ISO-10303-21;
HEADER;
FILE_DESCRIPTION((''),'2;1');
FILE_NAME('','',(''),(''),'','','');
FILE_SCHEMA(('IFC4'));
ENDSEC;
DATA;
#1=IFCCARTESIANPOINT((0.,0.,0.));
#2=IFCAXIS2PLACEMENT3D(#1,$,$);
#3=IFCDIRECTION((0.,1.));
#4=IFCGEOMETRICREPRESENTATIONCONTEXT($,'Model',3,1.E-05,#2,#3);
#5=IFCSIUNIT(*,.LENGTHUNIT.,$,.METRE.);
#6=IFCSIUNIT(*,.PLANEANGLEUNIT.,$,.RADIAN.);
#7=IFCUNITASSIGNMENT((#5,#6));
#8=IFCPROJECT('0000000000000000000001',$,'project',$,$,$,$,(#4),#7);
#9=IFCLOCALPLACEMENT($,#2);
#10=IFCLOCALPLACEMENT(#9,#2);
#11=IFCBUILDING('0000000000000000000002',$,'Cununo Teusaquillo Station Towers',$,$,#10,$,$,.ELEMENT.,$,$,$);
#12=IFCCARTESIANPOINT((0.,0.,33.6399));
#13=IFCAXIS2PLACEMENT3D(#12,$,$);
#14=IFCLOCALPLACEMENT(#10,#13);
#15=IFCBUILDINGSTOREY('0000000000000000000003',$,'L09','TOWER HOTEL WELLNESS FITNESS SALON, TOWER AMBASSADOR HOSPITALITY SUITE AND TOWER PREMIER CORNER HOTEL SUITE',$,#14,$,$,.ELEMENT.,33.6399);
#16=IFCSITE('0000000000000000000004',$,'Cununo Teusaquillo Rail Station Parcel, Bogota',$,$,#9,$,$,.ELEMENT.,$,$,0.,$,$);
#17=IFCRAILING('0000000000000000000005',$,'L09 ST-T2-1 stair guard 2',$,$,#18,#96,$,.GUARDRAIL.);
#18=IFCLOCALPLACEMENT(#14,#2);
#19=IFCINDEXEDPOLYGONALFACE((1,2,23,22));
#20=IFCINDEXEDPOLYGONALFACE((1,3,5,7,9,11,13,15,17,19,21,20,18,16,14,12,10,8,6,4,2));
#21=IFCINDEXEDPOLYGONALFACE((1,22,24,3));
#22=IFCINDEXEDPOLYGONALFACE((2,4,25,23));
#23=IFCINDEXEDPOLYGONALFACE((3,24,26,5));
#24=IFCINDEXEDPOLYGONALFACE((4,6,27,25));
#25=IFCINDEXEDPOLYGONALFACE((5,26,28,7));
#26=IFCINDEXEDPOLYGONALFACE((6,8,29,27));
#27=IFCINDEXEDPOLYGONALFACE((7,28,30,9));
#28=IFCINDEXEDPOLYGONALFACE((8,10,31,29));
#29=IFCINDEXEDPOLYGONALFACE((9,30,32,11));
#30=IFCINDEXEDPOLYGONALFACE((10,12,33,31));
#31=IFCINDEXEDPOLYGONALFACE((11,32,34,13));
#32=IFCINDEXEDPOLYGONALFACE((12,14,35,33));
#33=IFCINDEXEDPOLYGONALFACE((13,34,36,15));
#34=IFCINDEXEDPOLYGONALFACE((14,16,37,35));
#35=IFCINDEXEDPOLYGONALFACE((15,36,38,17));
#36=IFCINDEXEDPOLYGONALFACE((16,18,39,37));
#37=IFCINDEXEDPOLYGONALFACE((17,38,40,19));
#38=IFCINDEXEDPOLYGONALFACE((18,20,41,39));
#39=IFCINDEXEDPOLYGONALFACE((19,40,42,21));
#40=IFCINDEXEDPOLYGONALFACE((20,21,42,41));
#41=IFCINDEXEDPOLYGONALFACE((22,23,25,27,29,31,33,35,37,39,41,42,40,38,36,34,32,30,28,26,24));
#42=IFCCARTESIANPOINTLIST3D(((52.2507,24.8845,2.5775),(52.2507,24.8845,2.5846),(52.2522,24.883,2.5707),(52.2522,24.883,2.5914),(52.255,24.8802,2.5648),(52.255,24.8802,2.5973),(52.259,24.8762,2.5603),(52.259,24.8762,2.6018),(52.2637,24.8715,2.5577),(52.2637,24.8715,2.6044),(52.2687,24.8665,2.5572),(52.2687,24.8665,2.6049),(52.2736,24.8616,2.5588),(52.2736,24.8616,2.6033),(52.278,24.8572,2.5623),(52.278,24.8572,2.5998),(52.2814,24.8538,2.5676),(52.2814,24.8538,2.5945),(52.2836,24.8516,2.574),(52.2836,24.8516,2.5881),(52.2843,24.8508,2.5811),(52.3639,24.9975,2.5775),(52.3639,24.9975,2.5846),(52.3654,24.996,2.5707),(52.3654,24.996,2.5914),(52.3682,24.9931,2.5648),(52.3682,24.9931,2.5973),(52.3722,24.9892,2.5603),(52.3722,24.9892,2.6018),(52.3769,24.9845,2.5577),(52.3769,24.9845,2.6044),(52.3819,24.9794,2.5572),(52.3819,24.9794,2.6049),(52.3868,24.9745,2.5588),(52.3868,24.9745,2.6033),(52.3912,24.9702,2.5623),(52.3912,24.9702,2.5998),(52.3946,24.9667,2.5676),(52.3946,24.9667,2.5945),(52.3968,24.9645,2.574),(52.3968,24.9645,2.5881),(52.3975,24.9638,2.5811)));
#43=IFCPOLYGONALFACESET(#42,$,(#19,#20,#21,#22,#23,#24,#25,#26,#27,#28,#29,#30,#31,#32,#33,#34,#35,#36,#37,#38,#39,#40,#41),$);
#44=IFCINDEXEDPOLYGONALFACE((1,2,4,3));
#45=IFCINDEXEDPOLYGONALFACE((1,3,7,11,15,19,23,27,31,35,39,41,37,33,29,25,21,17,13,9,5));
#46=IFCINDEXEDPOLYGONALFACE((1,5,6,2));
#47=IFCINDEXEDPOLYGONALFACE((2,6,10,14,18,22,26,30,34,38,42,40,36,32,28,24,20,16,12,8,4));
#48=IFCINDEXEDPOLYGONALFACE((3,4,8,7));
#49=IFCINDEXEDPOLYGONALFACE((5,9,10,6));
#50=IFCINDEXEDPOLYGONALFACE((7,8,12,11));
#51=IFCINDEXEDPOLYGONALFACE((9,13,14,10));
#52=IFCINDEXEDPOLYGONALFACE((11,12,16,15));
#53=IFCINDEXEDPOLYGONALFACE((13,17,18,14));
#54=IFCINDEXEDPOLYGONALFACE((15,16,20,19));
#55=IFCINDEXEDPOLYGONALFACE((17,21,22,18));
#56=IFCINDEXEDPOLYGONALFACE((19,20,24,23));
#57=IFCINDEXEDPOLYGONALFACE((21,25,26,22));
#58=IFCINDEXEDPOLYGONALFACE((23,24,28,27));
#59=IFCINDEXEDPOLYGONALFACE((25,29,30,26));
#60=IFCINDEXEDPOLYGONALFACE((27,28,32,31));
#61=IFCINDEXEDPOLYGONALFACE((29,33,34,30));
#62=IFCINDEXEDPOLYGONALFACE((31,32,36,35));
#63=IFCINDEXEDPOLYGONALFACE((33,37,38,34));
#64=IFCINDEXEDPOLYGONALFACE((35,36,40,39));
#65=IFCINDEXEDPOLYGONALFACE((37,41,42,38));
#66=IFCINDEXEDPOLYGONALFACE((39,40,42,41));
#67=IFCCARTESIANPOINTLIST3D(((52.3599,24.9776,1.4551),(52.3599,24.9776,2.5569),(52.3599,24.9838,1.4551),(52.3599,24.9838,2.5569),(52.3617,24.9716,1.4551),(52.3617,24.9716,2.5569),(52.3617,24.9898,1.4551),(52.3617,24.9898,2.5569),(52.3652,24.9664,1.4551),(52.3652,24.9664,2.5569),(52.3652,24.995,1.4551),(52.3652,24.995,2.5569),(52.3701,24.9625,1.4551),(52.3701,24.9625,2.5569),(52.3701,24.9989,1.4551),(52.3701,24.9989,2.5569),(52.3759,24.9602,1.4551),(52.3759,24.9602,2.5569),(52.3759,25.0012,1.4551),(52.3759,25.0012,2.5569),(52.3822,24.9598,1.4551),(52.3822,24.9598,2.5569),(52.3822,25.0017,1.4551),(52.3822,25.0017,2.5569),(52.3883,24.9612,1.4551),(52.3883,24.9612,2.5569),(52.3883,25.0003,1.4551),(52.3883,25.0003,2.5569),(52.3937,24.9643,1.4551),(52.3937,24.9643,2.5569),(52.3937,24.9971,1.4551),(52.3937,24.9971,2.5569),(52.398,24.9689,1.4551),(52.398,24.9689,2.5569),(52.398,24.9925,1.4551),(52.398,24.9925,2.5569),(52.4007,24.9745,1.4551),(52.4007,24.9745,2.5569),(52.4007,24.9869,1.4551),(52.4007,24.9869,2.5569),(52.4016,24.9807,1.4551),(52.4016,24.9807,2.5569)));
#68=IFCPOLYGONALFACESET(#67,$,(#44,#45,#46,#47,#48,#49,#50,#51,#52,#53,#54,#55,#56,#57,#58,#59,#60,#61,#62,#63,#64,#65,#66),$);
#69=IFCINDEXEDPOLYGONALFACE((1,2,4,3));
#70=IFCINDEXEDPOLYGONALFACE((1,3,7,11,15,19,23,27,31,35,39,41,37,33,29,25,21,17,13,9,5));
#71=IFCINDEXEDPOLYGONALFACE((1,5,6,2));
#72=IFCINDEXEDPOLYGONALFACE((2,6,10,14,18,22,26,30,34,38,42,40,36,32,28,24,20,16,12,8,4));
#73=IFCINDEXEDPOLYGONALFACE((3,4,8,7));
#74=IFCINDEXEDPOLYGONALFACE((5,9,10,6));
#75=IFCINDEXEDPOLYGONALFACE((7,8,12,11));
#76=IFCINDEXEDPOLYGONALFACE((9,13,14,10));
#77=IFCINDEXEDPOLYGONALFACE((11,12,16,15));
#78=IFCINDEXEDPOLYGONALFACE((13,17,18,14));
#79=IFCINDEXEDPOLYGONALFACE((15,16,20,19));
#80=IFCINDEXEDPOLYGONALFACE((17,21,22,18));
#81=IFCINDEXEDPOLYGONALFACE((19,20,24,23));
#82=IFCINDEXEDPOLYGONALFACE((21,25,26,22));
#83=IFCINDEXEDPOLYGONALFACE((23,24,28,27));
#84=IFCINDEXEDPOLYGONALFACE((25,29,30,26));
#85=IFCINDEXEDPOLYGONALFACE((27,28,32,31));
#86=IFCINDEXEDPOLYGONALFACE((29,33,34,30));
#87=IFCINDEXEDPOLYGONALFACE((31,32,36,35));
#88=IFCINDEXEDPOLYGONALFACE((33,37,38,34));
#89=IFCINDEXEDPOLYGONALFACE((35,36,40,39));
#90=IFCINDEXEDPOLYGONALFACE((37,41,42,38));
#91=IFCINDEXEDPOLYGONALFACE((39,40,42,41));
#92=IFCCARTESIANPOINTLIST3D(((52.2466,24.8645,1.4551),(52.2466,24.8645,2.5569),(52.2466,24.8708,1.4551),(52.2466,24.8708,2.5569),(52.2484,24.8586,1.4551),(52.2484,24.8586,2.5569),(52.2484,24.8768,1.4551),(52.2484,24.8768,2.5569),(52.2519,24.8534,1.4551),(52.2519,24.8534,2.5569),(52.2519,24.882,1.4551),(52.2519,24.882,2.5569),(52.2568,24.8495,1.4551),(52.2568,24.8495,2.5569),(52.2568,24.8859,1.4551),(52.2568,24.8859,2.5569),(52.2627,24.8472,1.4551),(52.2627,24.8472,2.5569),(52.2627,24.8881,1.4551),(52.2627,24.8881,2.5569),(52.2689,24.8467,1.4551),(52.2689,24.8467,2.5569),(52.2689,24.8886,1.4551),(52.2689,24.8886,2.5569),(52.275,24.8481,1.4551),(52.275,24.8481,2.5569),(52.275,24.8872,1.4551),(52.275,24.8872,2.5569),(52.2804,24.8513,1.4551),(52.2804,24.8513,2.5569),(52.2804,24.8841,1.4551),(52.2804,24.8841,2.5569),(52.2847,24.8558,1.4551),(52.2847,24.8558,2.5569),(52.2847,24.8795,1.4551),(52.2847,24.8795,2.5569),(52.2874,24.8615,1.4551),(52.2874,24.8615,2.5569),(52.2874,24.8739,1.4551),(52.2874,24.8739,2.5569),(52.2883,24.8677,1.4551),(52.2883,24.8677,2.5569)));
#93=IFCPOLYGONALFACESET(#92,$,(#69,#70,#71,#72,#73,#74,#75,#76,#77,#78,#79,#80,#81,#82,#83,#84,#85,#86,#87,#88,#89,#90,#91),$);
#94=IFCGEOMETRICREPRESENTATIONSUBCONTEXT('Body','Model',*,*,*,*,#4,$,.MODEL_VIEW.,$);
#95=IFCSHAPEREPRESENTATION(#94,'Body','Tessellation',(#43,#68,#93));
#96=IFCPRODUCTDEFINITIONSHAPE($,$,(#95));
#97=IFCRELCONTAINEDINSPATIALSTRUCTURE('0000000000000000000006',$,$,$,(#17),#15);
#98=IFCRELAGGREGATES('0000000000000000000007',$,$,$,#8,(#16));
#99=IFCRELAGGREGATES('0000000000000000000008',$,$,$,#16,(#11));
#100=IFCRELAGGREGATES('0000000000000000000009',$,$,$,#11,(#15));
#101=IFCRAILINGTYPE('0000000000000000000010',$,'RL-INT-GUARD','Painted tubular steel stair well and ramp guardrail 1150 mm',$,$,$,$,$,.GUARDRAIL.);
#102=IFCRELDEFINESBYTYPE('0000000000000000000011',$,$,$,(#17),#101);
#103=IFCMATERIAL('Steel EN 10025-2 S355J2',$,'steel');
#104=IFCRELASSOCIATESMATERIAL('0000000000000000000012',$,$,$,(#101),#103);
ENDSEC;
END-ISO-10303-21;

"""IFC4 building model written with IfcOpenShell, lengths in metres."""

from ifc_helpers import new_model, si_unit, direction, frame, origin, origin_2d, place, context, subcontext, project, spatial, circle, extrude, material, type_object, element, save


model = new_model("IFC4")

# Units and contexts
model_context = context("Model", 3, precision=1e-05, world=origin(), true_north=direction((0.0, 1.0)))
body_context = subcontext(model_context, "Body", "Model", "MODEL_VIEW")
ifc_project = project(units=[si_unit("LENGTHUNIT", "METRE"), si_unit("PLANEANGLEUNIT", "RADIAN")], contexts=[model_context])

# Site, building, storey
site_placement = place(None, origin())
site = spatial("IfcSite", under=ifc_project, at=site_placement, Name="Cununo Teusaquillo Rail Station Parcel, Bogota", CompositionType="ELEMENT", RefElevation=0.0)
building_placement = place(site_placement, origin())
building = spatial("IfcBuilding", under=site, at=building_placement, Name="Cununo Teusaquillo Station Towers", CompositionType="ELEMENT")
storey_placement = place(building_placement, frame((0.0, 0.0, 33.6399)))
storey = spatial("IfcBuildingStorey", under=building, at=storey_placement, Name="L09", Description="TOWER HOTEL WELLNESS FITNESS SALON, TOWER AMBASSADOR HOSPITALITY SUITE AND TOWER PREMIER CORNER HOTEL SUITE", CompositionType="ELEMENT", Elevation=33.6399)

# Railing
ifc_material_1 = material(Name="Steel EN 10025-2 S355J2", Category="steel")
railing_type_1 = type_object("IfcRailingType", Name="RL-INT-GUARD", Description="Painted tubular steel stair well and ramp guardrail 1150 mm", PredefinedType="GUARDRAIL", material=ifc_material_1)
railing_1_placement = place(storey_placement, frame((52.3806, 24.9807, 1.4551)))
element("IfcRailing", 1, at=railing_1_placement, inside=storey, type_object=railing_type_1, Name="L09 ST-T2-1 stair guard 2", PredefinedType="GUARDRAIL", context=body_context, shape_type="SweptSolid", body=[
    extrude(circle(Radius=0.0239, at=origin_2d()), frame((0.0, 0.0, 1.126), z_axis=(-0.707869, -0.706344, 0.0), x_axis=(0.706344, -0.707869, 0.0)), (0.0, 0.0, 1.0), 0.1599),
    extrude(circle(Radius=0.021, at=origin_2d()), origin(), (0.0, 0.0, 1.0), 1.1018),
    extrude(circle(Radius=0.021, at=origin_2d()), frame((-0.1133, -0.113, 0.0)), (0.0, 0.0, 1.0), 1.1018),
])

save(model, "model.ifc")
